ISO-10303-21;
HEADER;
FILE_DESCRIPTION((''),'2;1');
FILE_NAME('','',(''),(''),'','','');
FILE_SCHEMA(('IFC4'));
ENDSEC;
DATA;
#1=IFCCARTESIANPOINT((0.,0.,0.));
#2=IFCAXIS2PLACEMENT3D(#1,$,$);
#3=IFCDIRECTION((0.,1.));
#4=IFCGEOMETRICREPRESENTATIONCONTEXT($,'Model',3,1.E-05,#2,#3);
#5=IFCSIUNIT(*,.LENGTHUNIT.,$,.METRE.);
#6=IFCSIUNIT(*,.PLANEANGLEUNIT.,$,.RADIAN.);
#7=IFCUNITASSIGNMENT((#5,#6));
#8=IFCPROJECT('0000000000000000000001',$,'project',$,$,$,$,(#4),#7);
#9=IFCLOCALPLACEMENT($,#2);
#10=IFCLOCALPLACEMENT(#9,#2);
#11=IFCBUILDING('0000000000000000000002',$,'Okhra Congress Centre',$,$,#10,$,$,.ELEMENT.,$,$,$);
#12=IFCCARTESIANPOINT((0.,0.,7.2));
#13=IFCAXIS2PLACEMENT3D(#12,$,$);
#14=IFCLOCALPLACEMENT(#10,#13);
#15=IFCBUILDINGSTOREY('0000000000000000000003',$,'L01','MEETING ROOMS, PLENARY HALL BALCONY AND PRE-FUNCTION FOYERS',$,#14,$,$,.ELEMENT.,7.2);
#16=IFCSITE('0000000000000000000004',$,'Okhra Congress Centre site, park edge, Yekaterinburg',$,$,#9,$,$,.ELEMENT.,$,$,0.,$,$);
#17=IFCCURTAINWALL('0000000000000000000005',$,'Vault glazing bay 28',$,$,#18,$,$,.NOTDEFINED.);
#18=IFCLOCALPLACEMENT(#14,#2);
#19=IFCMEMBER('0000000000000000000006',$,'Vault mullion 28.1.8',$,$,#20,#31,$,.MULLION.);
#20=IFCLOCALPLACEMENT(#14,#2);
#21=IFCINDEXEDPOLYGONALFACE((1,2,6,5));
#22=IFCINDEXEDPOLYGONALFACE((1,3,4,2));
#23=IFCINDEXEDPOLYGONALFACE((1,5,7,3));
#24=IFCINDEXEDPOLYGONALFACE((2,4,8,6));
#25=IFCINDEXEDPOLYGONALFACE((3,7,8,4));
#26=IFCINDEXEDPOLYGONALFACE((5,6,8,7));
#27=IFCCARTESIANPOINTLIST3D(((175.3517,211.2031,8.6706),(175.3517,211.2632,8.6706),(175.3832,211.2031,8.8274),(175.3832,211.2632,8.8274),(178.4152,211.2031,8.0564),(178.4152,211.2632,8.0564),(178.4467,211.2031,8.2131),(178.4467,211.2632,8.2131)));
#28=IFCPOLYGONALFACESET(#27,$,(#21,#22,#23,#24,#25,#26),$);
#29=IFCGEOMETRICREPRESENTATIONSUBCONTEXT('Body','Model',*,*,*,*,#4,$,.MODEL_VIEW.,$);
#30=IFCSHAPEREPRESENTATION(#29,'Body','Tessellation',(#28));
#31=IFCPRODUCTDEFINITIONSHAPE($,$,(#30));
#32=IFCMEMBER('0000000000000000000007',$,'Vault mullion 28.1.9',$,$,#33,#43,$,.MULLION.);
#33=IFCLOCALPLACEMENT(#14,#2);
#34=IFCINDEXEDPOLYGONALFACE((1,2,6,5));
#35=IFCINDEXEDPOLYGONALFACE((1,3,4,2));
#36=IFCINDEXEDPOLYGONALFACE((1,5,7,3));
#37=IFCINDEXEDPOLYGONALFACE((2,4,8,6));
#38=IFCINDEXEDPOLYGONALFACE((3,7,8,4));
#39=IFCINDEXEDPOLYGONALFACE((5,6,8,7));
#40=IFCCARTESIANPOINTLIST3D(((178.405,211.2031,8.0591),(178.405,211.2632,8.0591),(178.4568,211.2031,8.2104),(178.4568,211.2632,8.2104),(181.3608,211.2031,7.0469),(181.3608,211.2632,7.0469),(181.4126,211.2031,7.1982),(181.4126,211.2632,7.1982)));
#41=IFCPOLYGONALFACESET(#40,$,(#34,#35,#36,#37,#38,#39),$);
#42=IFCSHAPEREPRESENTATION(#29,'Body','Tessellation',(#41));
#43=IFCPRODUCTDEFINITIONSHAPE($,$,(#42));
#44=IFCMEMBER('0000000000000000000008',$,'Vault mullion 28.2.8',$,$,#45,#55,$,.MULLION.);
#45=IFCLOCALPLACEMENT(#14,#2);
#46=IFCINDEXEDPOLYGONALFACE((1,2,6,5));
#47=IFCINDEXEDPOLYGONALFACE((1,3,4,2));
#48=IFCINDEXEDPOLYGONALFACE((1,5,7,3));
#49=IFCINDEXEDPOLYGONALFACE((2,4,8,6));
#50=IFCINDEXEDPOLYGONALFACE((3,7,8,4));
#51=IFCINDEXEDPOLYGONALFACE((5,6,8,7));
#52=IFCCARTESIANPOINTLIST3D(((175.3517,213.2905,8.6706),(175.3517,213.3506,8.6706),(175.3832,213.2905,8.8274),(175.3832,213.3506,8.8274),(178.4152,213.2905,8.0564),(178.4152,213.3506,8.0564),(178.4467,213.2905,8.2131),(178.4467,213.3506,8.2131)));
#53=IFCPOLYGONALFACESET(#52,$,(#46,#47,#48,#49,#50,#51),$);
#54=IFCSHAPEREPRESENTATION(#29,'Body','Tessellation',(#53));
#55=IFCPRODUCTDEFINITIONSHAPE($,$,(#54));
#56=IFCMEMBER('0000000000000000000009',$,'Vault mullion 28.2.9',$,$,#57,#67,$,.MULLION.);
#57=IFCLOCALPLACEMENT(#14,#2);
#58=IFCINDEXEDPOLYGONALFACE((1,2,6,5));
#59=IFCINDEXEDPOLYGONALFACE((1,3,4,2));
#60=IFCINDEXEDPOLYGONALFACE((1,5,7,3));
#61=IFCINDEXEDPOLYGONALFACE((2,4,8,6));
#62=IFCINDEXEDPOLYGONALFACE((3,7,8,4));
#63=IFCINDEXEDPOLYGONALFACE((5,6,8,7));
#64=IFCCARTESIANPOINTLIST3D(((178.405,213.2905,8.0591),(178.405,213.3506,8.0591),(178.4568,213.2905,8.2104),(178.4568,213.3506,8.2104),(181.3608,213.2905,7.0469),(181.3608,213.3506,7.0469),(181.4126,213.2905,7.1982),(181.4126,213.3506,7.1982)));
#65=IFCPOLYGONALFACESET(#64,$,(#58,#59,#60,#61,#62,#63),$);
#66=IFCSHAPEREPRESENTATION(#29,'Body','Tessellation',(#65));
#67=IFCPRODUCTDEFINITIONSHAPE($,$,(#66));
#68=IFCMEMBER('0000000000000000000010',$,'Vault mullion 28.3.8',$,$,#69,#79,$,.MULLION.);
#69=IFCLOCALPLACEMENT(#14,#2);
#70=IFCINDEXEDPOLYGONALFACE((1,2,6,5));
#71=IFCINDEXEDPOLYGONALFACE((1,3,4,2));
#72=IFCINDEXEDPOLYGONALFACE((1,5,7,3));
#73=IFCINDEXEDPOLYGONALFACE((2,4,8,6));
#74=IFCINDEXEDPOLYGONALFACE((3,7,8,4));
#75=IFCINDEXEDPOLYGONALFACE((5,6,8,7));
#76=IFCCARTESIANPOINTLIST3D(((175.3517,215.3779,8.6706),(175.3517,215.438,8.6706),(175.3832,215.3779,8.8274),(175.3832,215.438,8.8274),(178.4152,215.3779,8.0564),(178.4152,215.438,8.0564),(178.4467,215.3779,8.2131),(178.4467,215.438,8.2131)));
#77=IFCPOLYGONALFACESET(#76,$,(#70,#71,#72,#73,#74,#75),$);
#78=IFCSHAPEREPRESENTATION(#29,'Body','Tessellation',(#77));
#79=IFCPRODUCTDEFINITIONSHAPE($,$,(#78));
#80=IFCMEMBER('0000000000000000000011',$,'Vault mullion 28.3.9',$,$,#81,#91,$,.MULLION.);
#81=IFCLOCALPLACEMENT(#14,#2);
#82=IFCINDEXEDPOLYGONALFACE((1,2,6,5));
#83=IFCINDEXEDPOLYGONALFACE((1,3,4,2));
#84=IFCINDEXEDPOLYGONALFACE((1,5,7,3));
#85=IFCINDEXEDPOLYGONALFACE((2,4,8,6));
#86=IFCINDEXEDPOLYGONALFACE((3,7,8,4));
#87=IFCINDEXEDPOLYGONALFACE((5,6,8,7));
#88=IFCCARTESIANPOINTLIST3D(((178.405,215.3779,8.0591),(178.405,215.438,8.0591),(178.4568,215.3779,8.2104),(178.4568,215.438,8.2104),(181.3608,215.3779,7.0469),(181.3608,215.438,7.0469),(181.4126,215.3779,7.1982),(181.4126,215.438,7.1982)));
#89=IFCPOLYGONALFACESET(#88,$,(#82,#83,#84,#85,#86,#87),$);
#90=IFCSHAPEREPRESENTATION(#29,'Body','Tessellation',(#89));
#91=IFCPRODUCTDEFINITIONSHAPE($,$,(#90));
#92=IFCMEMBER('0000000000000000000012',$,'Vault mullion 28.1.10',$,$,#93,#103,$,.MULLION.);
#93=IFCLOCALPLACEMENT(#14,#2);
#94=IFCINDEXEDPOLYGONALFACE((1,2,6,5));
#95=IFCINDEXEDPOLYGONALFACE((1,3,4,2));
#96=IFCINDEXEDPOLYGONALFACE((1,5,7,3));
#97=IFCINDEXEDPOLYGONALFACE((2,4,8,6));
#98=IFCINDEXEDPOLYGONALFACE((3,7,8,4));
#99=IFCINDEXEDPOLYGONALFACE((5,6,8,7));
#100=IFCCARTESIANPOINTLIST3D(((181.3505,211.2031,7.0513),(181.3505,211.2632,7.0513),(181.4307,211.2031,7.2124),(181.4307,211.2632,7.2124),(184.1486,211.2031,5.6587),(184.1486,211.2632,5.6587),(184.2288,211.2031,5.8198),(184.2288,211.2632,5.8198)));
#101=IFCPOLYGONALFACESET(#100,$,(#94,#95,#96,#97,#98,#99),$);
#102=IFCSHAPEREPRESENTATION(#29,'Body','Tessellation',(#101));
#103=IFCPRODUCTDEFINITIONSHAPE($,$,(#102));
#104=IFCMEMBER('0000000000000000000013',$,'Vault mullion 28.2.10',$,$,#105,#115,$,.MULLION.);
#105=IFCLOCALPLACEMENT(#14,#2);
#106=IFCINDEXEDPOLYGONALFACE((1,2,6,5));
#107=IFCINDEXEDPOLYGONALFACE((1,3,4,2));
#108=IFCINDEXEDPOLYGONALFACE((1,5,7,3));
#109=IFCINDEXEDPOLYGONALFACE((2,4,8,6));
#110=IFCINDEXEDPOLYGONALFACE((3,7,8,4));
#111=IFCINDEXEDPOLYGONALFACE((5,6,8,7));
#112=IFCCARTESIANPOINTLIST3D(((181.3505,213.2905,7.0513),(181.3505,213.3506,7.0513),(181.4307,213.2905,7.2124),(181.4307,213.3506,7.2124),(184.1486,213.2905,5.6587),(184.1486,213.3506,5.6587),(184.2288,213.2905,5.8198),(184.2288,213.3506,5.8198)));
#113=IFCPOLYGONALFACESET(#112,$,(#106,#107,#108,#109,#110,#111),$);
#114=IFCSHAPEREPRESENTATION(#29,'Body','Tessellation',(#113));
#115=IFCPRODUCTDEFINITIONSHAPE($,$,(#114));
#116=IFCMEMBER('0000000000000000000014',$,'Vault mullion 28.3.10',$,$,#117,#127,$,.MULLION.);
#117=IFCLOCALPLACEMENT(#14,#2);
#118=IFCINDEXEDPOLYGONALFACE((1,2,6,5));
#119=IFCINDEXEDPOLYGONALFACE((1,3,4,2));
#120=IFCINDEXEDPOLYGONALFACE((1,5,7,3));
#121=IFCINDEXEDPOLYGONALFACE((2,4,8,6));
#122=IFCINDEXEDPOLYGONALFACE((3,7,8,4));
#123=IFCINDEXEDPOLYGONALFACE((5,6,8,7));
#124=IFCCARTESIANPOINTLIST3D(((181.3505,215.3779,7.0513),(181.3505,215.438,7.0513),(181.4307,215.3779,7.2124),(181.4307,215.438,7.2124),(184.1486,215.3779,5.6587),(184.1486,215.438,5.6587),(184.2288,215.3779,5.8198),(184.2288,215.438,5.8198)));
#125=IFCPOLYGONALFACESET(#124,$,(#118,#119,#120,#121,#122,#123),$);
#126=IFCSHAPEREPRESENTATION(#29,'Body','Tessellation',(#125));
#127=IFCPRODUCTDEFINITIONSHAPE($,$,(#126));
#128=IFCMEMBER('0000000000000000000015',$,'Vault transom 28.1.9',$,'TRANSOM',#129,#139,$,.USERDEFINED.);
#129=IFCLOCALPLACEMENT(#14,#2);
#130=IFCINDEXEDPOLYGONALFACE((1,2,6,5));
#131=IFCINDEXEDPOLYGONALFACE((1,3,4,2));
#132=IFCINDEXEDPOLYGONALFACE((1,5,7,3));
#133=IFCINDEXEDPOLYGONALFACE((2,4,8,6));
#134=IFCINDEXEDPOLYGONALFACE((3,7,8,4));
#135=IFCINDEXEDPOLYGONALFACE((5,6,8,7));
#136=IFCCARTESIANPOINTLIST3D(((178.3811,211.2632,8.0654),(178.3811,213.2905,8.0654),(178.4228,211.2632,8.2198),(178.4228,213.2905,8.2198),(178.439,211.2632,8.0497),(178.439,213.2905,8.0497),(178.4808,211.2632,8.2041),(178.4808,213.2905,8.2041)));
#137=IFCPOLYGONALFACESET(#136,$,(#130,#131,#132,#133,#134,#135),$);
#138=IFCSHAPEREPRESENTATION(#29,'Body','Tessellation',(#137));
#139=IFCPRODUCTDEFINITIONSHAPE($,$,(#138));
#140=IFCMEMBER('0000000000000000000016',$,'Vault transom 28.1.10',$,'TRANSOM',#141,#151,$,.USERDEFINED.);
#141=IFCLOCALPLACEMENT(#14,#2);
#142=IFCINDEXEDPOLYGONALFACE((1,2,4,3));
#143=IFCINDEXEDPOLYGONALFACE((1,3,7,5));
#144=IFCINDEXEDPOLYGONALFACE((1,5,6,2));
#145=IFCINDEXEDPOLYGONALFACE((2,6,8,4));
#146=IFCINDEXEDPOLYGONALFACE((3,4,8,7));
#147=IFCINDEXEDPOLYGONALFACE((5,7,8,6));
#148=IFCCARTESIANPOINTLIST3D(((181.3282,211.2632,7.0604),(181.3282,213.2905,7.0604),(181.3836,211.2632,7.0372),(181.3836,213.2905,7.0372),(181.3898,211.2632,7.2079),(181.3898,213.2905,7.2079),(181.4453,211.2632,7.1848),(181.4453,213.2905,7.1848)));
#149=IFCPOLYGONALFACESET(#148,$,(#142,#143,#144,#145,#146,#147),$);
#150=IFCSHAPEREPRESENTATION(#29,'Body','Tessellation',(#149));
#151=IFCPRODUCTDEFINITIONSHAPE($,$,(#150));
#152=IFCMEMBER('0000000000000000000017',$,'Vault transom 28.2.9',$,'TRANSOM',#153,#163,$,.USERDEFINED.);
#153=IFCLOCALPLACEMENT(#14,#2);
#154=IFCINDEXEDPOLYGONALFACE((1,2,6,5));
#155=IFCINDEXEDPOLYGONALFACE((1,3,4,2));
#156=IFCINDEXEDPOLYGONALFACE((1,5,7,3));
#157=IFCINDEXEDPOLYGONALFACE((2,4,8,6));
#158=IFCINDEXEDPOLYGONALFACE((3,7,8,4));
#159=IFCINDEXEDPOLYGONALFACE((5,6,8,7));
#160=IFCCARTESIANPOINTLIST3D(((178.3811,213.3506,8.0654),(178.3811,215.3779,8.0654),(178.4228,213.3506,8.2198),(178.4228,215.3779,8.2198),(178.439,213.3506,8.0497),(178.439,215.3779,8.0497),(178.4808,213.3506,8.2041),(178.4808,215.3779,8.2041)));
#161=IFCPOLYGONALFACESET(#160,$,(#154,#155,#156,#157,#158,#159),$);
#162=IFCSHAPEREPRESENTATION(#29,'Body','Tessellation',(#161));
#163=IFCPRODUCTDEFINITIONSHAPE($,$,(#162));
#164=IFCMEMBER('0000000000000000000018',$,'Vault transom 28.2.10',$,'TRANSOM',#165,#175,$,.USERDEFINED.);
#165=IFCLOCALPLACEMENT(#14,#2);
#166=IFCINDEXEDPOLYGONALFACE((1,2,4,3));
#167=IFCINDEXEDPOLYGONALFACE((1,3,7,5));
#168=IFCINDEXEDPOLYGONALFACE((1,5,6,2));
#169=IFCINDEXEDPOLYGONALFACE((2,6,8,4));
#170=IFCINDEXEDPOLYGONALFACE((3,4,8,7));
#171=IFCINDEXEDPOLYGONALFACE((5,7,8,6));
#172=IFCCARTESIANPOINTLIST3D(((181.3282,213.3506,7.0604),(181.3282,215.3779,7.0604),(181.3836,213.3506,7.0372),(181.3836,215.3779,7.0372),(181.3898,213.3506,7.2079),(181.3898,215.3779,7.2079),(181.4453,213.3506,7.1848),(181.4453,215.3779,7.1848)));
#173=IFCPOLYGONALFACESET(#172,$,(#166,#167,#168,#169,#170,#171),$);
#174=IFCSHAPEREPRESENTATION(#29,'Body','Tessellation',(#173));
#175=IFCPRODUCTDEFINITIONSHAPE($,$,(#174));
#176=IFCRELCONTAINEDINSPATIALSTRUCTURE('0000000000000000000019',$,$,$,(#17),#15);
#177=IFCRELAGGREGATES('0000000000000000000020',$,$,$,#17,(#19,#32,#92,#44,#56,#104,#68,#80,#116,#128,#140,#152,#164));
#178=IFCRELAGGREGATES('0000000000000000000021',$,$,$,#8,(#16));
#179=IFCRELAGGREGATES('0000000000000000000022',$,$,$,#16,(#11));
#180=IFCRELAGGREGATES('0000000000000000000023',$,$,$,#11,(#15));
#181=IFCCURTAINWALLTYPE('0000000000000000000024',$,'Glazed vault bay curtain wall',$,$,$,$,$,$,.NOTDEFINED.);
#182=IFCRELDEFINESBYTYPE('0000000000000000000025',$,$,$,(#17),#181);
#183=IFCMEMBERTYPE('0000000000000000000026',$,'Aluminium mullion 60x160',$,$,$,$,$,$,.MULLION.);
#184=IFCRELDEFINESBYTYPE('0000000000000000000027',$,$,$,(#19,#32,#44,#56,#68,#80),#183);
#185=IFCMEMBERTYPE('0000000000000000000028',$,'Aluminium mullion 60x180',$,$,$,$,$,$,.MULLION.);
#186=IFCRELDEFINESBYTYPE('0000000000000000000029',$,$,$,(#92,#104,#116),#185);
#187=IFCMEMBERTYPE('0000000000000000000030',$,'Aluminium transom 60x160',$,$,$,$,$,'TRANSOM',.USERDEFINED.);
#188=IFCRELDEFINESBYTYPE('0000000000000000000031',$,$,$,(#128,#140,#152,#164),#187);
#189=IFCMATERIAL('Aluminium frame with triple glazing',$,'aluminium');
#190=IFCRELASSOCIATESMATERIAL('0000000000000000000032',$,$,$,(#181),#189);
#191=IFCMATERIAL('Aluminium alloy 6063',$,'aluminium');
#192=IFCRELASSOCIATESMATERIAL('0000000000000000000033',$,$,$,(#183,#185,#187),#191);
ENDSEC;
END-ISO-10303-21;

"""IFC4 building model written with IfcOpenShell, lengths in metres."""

from ifc_helpers import new_model, si_unit, direction, frame, origin, origin_2d, place, context, subcontext, project, spatial, rectangle, extrude, material, material_profile, profile_set, type_object, element, aggregate, save


model = new_model("IFC4")

# Units and contexts
model_context = context("Model", 3, precision=1e-05, world=origin(), true_north=direction((0.0, 1.0)))
body_context = subcontext(model_context, "Body", "Model", "MODEL_VIEW")
ifc_project = project(units=[si_unit("LENGTHUNIT", "METRE"), si_unit("PLANEANGLEUNIT", "RADIAN")], contexts=[model_context])

# Site, building, storey
site_placement = place(None, origin())
site = spatial("IfcSite", under=ifc_project, at=site_placement, Name="Okhra Congress Centre site, park edge, Yekaterinburg", CompositionType="ELEMENT", RefElevation=0.0)
building_placement = place(site_placement, origin())
building = spatial("IfcBuilding", under=site, at=building_placement, Name="Okhra Congress Centre", CompositionType="ELEMENT")
storey_placement = place(building_placement, frame((0.0, 0.0, 7.2)))
storey = spatial("IfcBuildingStorey", under=building, at=storey_placement, Name="L01", Description="MEETING ROOMS, PLENARY HALL BALCONY AND PRE-FUNCTION FOYERS", CompositionType="ELEMENT", Elevation=7.2)

# Curtain wall, members
ifc_material_1 = material(Name="Aluminium frame with triple glazing", Category="aluminium")
curtain_wall_type = type_object("IfcCurtainWallType", Name="Glazed vault bay curtain wall", PredefinedType="NOTDEFINED", material=ifc_material_1)
curtain_wall_placement = place(storey_placement, origin())
curtain_wall = element("IfcCurtainWall", 1, at=curtain_wall_placement, inside=storey, type_object=curtain_wall_type, Name="Vault glazing bay 28", PredefinedType="NOTDEFINED")
ifc_material_2 = material(Name="Aluminium alloy 6063", Category="aluminium")
ifc_material_profile_1 = material_profile(ifc_material_2, rectangle(XDim=0.0601, YDim=0.1599, at=origin_2d()), Name="AL 60x160")
ifc_profile_set_1 = profile_set([ifc_material_profile_1], Name="Aluminium alloy 6063")
member_type_1 = type_object("IfcMemberType", Name="Aluminium mullion 60x160", PredefinedType="MULLION", material=ifc_profile_set_1)
member_1_placement = place(storey_placement, frame((175.3674, 211.2332, 8.749), z_axis=(0.980484, 0.0, -0.196597), x_axis=(0.0, 1.0, 0.0)))
member_1 = element("IfcMember", 2, at=member_1_placement, type_object=member_type_1, Name="Vault mullion 28.1.8", PredefinedType="MULLION", context=body_context, shape_type="SweptSolid", body=[
    extrude(rectangle(XDim=0.0601, YDim=0.1599, at=origin_2d()), origin(), (0.0, 0.0, 1.0), 3.1245),
])
member_2_placement = place(storey_placement, frame((178.4309, 211.2332, 8.1348), z_axis=(0.946065, 0.0, -0.323977), x_axis=(0.0, 1.0, 0.0)))
member_2 = element("IfcMember", 3, at=member_2_placement, type_object=member_type_1, Name="Vault mullion 28.1.9", PredefinedType="MULLION", context=body_context, shape_type="SweptSolid", body=[
    extrude(rectangle(XDim=0.0601, YDim=0.1599, at=origin_2d()), origin(), (0.0, 0.0, 1.0), 3.1243),
])
member_3_placement = place(storey_placement, frame((175.3674, 213.3206, 8.749), z_axis=(0.980484, 0.0, -0.196597), x_axis=(0.0, 1.0, 0.0)))
member_3 = element("IfcMember", 4, at=member_3_placement, type_object=member_type_1, Name="Vault mullion 28.2.8", PredefinedType="MULLION", context=body_context, shape_type="SweptSolid", body=[
    extrude(rectangle(XDim=0.0601, YDim=0.1599, at=origin_2d()), origin(), (0.0, 0.0, 1.0), 3.1245),
])
member_4_placement = place(storey_placement, frame((178.4309, 213.3206, 8.1348), z_axis=(0.946065, 0.0, -0.323977), x_axis=(0.0, 1.0, 0.0)))
member_4 = element("IfcMember", 5, at=member_4_placement, type_object=member_type_1, Name="Vault mullion 28.2.9", PredefinedType="MULLION", context=body_context, shape_type="SweptSolid", body=[
    extrude(rectangle(XDim=0.0601, YDim=0.1599, at=origin_2d()), origin(), (0.0, 0.0, 1.0), 3.1243),
])
member_5_placement = place(storey_placement, frame((175.3674, 215.408, 8.749), z_axis=(0.980484, 0.0, -0.196597), x_axis=(0.0, 1.0, 0.0)))
member_5 = element("IfcMember", 6, at=member_5_placement, type_object=member_type_1, Name="Vault mullion 28.3.8", PredefinedType="MULLION", context=body_context, shape_type="SweptSolid", body=[
    extrude(rectangle(XDim=0.0601, YDim=0.1599, at=origin_2d()), origin(), (0.0, 0.0, 1.0), 3.1245),
])
member_6_placement = place(storey_placement, frame((178.4309, 215.408, 8.1348), z_axis=(0.946065, 0.0, -0.323977), x_axis=(0.0, 1.0, 0.0)))
member_6 = element("IfcMember", 7, at=member_6_placement, type_object=member_type_1, Name="Vault mullion 28.3.9", PredefinedType="MULLION", context=body_context, shape_type="SweptSolid", body=[
    extrude(rectangle(XDim=0.0601, YDim=0.1599, at=origin_2d()), origin(), (0.0, 0.0, 1.0), 3.1243),
])
ifc_material_profile_2 = material_profile(ifc_material_2, rectangle(XDim=0.0601, YDim=0.1799, at=origin_2d()), Name="AL 60x180")
ifc_profile_set_2 = profile_set([ifc_material_profile_2], Name="Aluminium alloy 6063")
member_type_2 = type_object("IfcMemberType", Name="Aluminium mullion 60x180", PredefinedType="MULLION", material=ifc_profile_set_2)
member_7_placement = place(storey_placement, frame((181.3906, 211.2332, 7.1318), z_axis=(0.895254, 0.0, -0.445557), x_axis=(0.0, 1.0, 0.0)))
member_7 = element("IfcMember", 8, at=member_7_placement, type_object=member_type_2, Name="Vault mullion 28.1.10", PredefinedType="MULLION", context=body_context, shape_type="SweptSolid", body=[
    extrude(rectangle(XDim=0.0601, YDim=0.1799, at=origin_2d()), origin(), (0.0, 0.0, 1.0), 3.1255),
])
member_8_placement = place(storey_placement, frame((181.3906, 213.3206, 7.1318), z_axis=(0.895254, 0.0, -0.445557), x_axis=(0.0, 1.0, 0.0)))
member_8 = element("IfcMember", 9, at=member_8_placement, type_object=member_type_2, Name="Vault mullion 28.2.10", PredefinedType="MULLION", context=body_context, shape_type="SweptSolid", body=[
    extrude(rectangle(XDim=0.0601, YDim=0.1799, at=origin_2d()), origin(), (0.0, 0.0, 1.0), 3.1255),
])
member_9_placement = place(storey_placement, frame((181.3906, 215.408, 7.1318), z_axis=(0.895254, 0.0, -0.445557), x_axis=(0.0, 1.0, 0.0)))
member_9 = element("IfcMember", 10, at=member_9_placement, type_object=member_type_2, Name="Vault mullion 28.3.10", PredefinedType="MULLION", context=body_context, shape_type="SweptSolid", body=[
    extrude(rectangle(XDim=0.0601, YDim=0.1799, at=origin_2d()), origin(), (0.0, 0.0, 1.0), 3.1255),
])
ifc_material_profile_3 = material_profile(ifc_material_2, rectangle(XDim=0.0601, YDim=0.1599, at=origin_2d()), Name="AL 60x160 transom")
ifc_profile_set_3 = profile_set([ifc_material_profile_3], Name="Aluminium alloy 6063")
member_type_3 = type_object("IfcMemberType", Name="Aluminium transom 60x160", ElementType="TRANSOM", PredefinedType="USERDEFINED", material=ifc_profile_set_3)
member_10_placement = place(storey_placement, frame((178.4309, 211.2632, 8.1348), z_axis=(0.0, 1.0, 0.0), x_axis=(-0.96538, 0.0, 0.260848)))
member_10 = element("IfcMember", 11, at=member_10_placement, type_object=member_type_3, Name="Vault transom 28.1.9", ObjectType="TRANSOM", PredefinedType="USERDEFINED", context=body_context, shape_type="SweptSolid", body=[
    extrude(rectangle(XDim=0.0601, YDim=0.1599, at=origin_2d()), origin(), (0.0, 0.0, 1.0), 2.0273),
])
member_11_placement = place(storey_placement, frame((181.3867, 211.2632, 7.1226), z_axis=(0.0, 1.0, 0.0), x_axis=(-0.922669, 0.0, 0.385593)))
member_11 = element("IfcMember", 12, at=member_11_placement, type_object=member_type_3, Name="Vault transom 28.1.10", ObjectType="TRANSOM", PredefinedType="USERDEFINED", context=body_context, shape_type="SweptSolid", body=[
    extrude(rectangle(XDim=0.0601, YDim=0.1599, at=origin_2d()), origin(), (0.0, 0.0, 1.0), 2.0273),
])
member_12_placement = place(storey_placement, frame((178.4309, 213.3506, 8.1348), z_axis=(0.0, 1.0, 0.0), x_axis=(-0.96538, 0.0, 0.260848)))
member_12 = element("IfcMember", 13, at=member_12_placement, type_object=member_type_3, Name="Vault transom 28.2.9", ObjectType="TRANSOM", PredefinedType="USERDEFINED", context=body_context, shape_type="SweptSolid", body=[
    extrude(rectangle(XDim=0.0601, YDim=0.1599, at=origin_2d()), origin(), (0.0, 0.0, 1.0), 2.0273),
])
member_13_placement = place(storey_placement, frame((181.3867, 213.3506, 7.1226), z_axis=(0.0, 1.0, 0.0), x_axis=(-0.922669, 0.0, 0.385593)))
member_13 = element("IfcMember", 14, at=member_13_placement, type_object=member_type_3, Name="Vault transom 28.2.10", ObjectType="TRANSOM", PredefinedType="USERDEFINED", context=body_context, shape_type="SweptSolid", body=[
    extrude(rectangle(XDim=0.0601, YDim=0.1599, at=origin_2d()), origin(), (0.0, 0.0, 1.0), 2.0273),
])

aggregate(curtain_wall, [member_1, member_2, member_7, member_3, member_4, member_8, member_5, member_6, member_9, member_10, member_11, member_12, member_13])

save(model, "model.ifc")
